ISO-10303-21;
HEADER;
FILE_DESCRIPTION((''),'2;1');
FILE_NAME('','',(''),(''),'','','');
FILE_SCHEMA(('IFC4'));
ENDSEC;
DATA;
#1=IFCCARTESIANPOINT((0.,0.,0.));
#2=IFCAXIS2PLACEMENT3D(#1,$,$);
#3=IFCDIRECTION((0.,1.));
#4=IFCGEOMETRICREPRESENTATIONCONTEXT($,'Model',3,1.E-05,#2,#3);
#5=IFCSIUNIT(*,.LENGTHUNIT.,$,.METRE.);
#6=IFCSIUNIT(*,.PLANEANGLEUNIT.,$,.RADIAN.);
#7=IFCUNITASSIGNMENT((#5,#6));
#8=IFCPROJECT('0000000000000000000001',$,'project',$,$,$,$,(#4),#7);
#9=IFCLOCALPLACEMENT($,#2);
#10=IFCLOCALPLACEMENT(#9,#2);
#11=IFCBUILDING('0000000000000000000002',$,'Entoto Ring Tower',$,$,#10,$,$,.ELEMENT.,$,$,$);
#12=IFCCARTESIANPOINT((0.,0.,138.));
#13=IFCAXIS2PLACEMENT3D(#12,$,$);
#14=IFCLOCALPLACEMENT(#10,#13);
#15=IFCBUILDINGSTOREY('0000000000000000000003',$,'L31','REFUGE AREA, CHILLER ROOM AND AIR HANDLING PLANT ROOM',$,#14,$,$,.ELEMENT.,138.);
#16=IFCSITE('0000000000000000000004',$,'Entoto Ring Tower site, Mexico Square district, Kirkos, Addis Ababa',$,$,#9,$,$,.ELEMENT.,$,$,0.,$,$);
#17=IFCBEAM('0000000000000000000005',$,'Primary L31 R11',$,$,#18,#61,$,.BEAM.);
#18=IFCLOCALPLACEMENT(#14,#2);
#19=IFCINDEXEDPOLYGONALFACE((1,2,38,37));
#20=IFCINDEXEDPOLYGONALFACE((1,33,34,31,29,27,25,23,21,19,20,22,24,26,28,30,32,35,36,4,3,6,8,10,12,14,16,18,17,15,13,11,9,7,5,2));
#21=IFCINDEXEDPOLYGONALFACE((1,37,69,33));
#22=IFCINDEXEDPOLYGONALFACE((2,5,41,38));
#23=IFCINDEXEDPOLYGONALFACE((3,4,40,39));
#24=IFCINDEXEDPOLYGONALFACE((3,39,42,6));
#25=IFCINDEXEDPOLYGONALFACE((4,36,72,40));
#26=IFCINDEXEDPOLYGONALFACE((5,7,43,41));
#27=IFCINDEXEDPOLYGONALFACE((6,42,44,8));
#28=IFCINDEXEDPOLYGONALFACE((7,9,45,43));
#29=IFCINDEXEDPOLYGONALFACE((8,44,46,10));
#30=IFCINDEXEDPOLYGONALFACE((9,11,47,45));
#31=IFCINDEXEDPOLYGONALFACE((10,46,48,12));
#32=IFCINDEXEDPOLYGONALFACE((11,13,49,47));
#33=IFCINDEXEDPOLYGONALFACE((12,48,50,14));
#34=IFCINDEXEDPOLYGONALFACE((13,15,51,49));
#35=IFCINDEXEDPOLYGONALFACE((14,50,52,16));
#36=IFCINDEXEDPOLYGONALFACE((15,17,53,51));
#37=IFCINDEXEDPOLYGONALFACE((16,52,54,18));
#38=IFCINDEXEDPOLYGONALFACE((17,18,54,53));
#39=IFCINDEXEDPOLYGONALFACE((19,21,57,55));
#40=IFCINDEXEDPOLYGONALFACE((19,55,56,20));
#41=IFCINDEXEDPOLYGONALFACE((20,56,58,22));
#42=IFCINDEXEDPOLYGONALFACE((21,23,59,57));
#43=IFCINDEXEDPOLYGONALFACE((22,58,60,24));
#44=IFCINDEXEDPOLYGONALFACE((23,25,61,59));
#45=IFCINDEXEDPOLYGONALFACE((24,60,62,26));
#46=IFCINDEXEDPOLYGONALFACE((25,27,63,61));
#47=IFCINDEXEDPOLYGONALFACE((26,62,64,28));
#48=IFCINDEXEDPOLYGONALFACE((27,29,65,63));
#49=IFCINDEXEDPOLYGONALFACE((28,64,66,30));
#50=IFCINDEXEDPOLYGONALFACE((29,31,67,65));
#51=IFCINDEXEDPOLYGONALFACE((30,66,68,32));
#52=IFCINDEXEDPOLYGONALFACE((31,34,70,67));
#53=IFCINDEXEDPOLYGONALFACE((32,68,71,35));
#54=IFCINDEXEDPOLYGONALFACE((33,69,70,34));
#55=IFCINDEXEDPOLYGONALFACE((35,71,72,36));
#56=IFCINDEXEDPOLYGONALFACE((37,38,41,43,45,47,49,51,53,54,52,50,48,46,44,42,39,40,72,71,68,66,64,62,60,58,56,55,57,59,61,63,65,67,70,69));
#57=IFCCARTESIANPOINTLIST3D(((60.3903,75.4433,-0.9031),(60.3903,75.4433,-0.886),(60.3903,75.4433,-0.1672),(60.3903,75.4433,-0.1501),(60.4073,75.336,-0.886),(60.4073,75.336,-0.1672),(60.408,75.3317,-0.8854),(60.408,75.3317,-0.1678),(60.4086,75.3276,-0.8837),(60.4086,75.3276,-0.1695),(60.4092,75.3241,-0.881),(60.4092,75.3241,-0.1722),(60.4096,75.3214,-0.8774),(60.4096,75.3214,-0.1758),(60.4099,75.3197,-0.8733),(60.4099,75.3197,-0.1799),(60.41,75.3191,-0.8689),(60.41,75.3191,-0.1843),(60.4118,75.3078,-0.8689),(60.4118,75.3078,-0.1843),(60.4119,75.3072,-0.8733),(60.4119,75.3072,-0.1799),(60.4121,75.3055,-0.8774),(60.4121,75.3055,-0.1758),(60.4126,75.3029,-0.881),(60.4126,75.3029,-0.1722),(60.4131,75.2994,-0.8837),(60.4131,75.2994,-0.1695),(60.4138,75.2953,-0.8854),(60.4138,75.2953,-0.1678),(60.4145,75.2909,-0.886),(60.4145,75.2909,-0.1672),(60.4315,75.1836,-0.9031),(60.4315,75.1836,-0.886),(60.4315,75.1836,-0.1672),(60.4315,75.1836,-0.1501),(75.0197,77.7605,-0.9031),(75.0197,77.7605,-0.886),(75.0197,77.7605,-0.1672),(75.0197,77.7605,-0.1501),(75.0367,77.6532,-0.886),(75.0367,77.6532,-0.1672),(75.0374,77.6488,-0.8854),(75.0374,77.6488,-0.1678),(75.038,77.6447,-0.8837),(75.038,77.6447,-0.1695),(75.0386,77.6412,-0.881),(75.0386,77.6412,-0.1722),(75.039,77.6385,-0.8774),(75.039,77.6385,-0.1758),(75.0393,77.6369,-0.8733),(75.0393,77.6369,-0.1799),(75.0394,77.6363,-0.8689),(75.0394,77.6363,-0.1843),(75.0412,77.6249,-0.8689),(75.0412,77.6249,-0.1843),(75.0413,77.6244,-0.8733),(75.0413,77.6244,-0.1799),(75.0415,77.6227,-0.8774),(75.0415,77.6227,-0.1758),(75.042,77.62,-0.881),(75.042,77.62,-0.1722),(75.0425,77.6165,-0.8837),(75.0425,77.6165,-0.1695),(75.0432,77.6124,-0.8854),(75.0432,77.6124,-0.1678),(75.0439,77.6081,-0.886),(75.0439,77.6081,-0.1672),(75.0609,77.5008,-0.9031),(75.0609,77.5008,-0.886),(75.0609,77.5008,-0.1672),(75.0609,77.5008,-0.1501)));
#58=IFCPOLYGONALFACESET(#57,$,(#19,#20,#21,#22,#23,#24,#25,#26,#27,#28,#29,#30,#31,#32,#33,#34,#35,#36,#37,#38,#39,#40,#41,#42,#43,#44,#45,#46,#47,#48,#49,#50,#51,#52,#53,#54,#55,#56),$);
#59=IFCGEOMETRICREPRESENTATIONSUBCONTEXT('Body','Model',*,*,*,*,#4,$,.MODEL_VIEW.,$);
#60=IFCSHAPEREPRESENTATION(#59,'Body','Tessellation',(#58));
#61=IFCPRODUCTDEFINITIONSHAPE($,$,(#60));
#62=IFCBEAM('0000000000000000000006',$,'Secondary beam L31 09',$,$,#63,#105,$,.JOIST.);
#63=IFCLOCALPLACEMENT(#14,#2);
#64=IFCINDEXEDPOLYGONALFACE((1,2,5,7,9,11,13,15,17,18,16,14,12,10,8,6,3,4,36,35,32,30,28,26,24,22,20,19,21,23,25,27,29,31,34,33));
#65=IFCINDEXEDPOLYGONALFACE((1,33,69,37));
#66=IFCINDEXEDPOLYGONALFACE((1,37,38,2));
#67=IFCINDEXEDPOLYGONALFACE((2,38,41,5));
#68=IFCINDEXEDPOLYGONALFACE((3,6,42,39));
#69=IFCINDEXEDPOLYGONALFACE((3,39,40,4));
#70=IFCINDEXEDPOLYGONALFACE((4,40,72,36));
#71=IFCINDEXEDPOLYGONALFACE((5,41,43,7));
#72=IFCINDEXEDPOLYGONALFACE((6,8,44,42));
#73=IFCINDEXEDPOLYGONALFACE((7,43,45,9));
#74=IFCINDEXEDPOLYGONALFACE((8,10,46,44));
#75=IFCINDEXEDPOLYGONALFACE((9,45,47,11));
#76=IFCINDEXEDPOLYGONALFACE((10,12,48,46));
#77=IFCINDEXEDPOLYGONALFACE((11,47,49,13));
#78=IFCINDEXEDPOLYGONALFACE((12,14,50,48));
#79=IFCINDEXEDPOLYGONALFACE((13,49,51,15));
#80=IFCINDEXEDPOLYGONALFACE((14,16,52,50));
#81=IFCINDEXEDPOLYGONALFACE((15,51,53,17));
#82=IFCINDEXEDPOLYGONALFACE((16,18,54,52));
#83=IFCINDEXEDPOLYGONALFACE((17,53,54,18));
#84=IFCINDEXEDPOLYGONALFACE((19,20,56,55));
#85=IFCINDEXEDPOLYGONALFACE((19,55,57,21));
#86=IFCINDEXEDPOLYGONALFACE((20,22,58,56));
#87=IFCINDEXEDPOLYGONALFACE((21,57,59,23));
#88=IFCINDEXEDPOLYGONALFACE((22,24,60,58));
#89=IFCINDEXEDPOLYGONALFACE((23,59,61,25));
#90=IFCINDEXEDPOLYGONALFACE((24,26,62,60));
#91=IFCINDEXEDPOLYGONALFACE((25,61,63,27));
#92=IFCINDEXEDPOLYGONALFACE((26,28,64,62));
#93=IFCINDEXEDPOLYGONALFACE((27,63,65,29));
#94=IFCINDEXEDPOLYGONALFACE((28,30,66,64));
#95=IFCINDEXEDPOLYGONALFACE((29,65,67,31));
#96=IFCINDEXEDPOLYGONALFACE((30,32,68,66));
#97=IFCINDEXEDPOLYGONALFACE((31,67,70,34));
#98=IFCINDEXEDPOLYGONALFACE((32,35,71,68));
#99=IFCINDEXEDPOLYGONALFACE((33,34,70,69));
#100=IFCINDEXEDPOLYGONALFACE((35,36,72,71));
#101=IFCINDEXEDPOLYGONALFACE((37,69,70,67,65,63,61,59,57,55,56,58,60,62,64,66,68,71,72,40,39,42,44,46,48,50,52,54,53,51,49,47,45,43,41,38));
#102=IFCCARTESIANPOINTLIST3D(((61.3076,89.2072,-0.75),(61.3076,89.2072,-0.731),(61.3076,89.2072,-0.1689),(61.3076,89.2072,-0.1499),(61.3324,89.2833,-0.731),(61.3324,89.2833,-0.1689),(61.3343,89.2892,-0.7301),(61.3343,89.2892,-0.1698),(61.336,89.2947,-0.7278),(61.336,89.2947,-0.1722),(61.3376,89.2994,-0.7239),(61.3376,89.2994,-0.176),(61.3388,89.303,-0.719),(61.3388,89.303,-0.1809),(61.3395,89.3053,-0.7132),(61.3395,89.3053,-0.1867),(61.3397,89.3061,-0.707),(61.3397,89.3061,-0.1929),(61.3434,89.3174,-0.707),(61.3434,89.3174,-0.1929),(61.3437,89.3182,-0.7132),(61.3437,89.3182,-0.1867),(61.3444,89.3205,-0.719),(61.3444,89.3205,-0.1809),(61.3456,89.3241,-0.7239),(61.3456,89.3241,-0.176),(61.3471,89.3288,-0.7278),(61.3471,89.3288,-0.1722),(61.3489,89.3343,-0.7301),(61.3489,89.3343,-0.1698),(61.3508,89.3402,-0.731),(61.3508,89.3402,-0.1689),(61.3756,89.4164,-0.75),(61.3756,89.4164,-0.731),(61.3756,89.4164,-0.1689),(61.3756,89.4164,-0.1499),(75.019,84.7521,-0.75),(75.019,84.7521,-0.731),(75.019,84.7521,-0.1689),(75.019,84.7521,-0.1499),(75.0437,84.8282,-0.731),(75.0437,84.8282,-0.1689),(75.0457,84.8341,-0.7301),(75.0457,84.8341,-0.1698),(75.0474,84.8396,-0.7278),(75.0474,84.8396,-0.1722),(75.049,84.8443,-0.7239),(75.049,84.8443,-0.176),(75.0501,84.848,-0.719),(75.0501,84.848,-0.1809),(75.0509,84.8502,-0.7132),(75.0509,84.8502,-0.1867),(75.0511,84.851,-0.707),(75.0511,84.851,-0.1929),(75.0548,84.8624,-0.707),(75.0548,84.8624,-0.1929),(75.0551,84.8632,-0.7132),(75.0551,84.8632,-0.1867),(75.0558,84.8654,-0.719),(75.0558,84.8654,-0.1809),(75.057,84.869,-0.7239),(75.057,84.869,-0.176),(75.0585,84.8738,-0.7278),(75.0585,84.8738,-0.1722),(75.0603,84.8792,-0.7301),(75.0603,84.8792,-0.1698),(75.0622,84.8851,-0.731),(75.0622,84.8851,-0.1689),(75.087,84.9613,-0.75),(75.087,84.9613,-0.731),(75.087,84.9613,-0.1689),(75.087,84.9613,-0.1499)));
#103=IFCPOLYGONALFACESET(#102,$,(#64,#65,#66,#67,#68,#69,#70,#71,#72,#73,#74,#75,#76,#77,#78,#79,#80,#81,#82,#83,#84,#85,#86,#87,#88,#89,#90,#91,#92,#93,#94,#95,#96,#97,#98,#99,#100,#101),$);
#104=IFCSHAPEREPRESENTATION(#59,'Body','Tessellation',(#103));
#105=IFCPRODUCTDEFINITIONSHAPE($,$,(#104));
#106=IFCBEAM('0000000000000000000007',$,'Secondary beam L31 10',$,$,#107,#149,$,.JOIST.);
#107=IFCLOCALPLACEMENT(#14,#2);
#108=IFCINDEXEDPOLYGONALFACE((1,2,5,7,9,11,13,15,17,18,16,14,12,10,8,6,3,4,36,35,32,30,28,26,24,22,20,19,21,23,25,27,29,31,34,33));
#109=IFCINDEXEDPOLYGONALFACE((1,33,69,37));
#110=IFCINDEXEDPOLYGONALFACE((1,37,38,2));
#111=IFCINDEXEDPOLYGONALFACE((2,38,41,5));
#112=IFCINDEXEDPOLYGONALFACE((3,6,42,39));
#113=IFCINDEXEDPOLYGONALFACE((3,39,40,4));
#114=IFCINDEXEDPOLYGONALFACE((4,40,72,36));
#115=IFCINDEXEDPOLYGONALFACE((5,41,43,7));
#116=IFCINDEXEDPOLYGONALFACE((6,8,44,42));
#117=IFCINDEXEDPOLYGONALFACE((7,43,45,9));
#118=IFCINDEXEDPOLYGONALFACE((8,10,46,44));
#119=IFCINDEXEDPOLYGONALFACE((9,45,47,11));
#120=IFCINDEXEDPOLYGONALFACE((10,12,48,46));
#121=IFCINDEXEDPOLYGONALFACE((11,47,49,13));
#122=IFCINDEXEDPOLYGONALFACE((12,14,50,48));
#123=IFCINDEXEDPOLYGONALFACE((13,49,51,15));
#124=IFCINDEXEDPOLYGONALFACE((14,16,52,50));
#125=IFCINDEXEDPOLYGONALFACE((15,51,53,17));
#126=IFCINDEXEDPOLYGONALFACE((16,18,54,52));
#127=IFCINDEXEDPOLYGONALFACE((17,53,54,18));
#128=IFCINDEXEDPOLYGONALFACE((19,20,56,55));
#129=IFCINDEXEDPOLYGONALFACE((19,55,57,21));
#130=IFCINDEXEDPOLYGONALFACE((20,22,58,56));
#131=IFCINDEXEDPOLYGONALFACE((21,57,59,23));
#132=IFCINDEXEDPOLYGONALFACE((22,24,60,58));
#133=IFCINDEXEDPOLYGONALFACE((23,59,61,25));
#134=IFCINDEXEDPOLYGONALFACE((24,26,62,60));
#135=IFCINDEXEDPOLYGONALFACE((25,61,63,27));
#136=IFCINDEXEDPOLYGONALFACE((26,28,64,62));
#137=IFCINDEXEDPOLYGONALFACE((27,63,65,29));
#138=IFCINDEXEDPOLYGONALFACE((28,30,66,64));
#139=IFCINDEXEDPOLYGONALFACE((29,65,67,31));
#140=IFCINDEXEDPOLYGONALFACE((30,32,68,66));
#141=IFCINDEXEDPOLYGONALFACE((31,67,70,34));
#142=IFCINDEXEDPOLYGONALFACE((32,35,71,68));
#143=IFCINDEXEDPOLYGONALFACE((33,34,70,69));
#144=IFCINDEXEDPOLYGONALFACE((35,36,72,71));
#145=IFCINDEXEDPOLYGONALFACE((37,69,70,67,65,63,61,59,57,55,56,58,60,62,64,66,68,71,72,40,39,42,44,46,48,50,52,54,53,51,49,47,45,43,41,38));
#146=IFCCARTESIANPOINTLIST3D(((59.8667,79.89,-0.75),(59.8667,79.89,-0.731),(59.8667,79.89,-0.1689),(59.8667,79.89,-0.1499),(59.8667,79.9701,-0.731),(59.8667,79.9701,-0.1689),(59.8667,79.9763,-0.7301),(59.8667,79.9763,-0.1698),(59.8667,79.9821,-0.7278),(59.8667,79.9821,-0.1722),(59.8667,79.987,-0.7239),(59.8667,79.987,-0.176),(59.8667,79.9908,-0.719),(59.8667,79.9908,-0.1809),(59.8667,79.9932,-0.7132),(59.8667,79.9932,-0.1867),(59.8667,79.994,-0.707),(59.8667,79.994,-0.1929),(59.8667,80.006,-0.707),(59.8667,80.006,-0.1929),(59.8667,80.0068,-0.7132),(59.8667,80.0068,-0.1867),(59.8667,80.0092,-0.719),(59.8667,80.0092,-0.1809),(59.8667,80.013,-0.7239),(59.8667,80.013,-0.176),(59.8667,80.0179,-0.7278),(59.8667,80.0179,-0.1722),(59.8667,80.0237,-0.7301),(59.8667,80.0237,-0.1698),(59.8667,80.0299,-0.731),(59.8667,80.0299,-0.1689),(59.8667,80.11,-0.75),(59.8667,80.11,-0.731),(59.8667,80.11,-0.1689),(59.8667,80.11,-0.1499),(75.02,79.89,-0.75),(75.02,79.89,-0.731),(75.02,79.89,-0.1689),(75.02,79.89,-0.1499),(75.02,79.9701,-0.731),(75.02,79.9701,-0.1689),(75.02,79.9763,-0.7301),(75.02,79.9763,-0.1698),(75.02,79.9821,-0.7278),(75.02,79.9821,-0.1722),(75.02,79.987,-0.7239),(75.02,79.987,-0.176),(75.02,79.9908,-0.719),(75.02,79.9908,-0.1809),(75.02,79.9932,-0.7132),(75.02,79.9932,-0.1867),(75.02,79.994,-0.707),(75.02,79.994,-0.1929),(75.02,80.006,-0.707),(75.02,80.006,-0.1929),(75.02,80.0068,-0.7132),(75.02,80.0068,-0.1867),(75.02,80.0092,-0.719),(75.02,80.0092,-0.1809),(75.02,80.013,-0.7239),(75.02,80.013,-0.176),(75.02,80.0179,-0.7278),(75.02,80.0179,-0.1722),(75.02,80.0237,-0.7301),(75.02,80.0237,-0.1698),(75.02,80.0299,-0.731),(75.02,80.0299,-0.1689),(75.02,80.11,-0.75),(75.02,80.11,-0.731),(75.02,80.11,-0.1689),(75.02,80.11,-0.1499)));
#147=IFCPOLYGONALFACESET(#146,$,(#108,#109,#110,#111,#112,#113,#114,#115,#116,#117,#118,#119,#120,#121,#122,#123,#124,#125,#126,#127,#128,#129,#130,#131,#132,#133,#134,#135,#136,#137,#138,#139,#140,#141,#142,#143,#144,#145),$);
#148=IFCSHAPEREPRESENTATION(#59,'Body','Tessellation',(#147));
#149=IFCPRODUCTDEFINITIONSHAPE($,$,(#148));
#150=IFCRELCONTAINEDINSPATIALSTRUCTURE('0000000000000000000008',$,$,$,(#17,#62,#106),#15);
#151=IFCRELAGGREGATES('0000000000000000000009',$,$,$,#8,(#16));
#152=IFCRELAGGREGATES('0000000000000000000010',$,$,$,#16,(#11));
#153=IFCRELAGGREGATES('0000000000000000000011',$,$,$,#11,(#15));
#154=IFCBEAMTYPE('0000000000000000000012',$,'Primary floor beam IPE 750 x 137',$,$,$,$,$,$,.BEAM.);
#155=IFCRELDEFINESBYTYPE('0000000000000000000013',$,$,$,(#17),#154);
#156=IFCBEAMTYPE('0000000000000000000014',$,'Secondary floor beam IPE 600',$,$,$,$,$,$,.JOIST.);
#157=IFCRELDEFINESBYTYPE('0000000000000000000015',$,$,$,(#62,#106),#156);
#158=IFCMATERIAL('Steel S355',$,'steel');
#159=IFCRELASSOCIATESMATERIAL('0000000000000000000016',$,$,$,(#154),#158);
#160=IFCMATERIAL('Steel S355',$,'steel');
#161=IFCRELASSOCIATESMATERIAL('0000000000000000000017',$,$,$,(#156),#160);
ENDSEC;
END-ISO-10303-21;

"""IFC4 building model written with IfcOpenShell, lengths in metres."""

from ifc_helpers import new_model, si_unit, direction, frame, origin, origin_2d, place, context, subcontext, project, spatial, i_section, extrude, material, material_profile, profile_set, type_object, element, save


model = new_model("IFC4")

# Units and contexts
model_context = context("Model", 3, precision=1e-05, world=origin(), true_north=direction((0.0, 1.0)))
body_context = subcontext(model_context, "Body", "Model", "MODEL_VIEW")
ifc_project = project(units=[si_unit("LENGTHUNIT", "METRE"), si_unit("PLANEANGLEUNIT", "RADIAN")], contexts=[model_context])

# Site, building, storey
site_placement = place(None, origin())
site = spatial("IfcSite", under=ifc_project, at=site_placement, Name="Entoto Ring Tower site, Mexico Square district, Kirkos, Addis Ababa", CompositionType="ELEMENT", RefElevation=0.0)
building_placement = place(site_placement, origin())
building = spatial("IfcBuilding", under=site, at=building_placement, Name="Entoto Ring Tower", CompositionType="ELEMENT")
storey_placement = place(building_placement, frame((0.0, 0.0, 138.0)))
storey = spatial("IfcBuildingStorey", under=building, at=storey_placement, Name="L31", Description="REFUGE AREA, CHILLER ROOM AND AIR HANDLING PLANT ROOM", CompositionType="ELEMENT", Elevation=138.0)

# Beams
ifc_material_1 = material(Name="Steel S355", Category="steel")
ifc_material_profile_1 = material_profile(ifc_material_1, i_section(OverallWidth=0.2629, OverallDepth=0.7529, WebThickness=0.0115, FlangeThickness=0.0171, FilletRadius=0.0171, at=origin_2d()), Name="IPE 750 x 137")
ifc_profile_set_1 = profile_set([ifc_material_profile_1], Name="Steel S355")
beam_type_1 = type_object("IfcBeamType", Name="Primary floor beam IPE 750 x 137", PredefinedType="BEAM", material=ifc_profile_set_1)
for number, where, z_axis, x_axis, name in (
    (1, (75.0403, 77.6306, -0.5266), (-0.987688, -0.156439, 0.0), (0.156439, -0.987688, 0.0), "Primary L31 R11"),
):
    element("IfcBeam", number, at=place(storey_placement, frame(where, z_axis=z_axis, x_axis=x_axis)), inside=storey, type_object=beam_type_1, Name=name, PredefinedType="BEAM", context=body_context, shape_type="SweptSolid", body=[
        extrude(i_section(OverallWidth=0.2629, OverallDepth=0.7529, WebThickness=0.0115, FlangeThickness=0.0171, FilletRadius=0.0171, at=origin_2d()), origin(), (0.0, 0.0, 1.0), 14.8118),
    ])
ifc_material_2 = material(Name="Steel S355", Category="steel")
ifc_material_profile_2 = material_profile(ifc_material_2, i_section(OverallWidth=0.22, OverallDepth=0.6001, WebThickness=0.012, FlangeThickness=0.019, FilletRadius=0.0239, at=origin_2d()), Name="IPE 600")
ifc_profile_set_2 = profile_set([ifc_material_profile_2], Name="Steel S355")
beam_type_2 = type_object("IfcBeamType", Name="Secondary floor beam IPE 600", PredefinedType="JOIST", material=ifc_profile_set_2)
beam_1_placement = place(storey_placement, frame((75.053, 84.8567, -0.45), z_axis=(-0.951057, 0.309015, 0.0), x_axis=(-0.309015, -0.951057, 0.0)))
element("IfcBeam", 2, at=beam_1_placement, inside=storey, type_object=beam_type_2, Name="Secondary beam L31 09", PredefinedType="JOIST", context=body_context, shape_type="SweptSolid", body=[
    extrude(i_section(OverallWidth=0.22, OverallDepth=0.6001, WebThickness=0.012, FlangeThickness=0.019, FilletRadius=0.0239, at=origin_2d()), origin(), (0.0, 0.0, 1.0), 14.417),
])
beam_2_placement = place(storey_placement, frame((75.02, 80.0, -0.45), z_axis=(-1.0, 0.0, 0.0), x_axis=(0.0, -1.0, 0.0)))
element("IfcBeam", 3, at=beam_2_placement, inside=storey, type_object=beam_type_2, Name="Secondary beam L31 10", PredefinedType="JOIST", context=body_context, shape_type="SweptSolid", body=[
    extrude(i_section(OverallWidth=0.22, OverallDepth=0.6001, WebThickness=0.012, FlangeThickness=0.019, FilletRadius=0.0239, at=origin_2d()), origin(), (0.0, 0.0, 1.0), 15.1533),
])

save(model, "model.ifc")
